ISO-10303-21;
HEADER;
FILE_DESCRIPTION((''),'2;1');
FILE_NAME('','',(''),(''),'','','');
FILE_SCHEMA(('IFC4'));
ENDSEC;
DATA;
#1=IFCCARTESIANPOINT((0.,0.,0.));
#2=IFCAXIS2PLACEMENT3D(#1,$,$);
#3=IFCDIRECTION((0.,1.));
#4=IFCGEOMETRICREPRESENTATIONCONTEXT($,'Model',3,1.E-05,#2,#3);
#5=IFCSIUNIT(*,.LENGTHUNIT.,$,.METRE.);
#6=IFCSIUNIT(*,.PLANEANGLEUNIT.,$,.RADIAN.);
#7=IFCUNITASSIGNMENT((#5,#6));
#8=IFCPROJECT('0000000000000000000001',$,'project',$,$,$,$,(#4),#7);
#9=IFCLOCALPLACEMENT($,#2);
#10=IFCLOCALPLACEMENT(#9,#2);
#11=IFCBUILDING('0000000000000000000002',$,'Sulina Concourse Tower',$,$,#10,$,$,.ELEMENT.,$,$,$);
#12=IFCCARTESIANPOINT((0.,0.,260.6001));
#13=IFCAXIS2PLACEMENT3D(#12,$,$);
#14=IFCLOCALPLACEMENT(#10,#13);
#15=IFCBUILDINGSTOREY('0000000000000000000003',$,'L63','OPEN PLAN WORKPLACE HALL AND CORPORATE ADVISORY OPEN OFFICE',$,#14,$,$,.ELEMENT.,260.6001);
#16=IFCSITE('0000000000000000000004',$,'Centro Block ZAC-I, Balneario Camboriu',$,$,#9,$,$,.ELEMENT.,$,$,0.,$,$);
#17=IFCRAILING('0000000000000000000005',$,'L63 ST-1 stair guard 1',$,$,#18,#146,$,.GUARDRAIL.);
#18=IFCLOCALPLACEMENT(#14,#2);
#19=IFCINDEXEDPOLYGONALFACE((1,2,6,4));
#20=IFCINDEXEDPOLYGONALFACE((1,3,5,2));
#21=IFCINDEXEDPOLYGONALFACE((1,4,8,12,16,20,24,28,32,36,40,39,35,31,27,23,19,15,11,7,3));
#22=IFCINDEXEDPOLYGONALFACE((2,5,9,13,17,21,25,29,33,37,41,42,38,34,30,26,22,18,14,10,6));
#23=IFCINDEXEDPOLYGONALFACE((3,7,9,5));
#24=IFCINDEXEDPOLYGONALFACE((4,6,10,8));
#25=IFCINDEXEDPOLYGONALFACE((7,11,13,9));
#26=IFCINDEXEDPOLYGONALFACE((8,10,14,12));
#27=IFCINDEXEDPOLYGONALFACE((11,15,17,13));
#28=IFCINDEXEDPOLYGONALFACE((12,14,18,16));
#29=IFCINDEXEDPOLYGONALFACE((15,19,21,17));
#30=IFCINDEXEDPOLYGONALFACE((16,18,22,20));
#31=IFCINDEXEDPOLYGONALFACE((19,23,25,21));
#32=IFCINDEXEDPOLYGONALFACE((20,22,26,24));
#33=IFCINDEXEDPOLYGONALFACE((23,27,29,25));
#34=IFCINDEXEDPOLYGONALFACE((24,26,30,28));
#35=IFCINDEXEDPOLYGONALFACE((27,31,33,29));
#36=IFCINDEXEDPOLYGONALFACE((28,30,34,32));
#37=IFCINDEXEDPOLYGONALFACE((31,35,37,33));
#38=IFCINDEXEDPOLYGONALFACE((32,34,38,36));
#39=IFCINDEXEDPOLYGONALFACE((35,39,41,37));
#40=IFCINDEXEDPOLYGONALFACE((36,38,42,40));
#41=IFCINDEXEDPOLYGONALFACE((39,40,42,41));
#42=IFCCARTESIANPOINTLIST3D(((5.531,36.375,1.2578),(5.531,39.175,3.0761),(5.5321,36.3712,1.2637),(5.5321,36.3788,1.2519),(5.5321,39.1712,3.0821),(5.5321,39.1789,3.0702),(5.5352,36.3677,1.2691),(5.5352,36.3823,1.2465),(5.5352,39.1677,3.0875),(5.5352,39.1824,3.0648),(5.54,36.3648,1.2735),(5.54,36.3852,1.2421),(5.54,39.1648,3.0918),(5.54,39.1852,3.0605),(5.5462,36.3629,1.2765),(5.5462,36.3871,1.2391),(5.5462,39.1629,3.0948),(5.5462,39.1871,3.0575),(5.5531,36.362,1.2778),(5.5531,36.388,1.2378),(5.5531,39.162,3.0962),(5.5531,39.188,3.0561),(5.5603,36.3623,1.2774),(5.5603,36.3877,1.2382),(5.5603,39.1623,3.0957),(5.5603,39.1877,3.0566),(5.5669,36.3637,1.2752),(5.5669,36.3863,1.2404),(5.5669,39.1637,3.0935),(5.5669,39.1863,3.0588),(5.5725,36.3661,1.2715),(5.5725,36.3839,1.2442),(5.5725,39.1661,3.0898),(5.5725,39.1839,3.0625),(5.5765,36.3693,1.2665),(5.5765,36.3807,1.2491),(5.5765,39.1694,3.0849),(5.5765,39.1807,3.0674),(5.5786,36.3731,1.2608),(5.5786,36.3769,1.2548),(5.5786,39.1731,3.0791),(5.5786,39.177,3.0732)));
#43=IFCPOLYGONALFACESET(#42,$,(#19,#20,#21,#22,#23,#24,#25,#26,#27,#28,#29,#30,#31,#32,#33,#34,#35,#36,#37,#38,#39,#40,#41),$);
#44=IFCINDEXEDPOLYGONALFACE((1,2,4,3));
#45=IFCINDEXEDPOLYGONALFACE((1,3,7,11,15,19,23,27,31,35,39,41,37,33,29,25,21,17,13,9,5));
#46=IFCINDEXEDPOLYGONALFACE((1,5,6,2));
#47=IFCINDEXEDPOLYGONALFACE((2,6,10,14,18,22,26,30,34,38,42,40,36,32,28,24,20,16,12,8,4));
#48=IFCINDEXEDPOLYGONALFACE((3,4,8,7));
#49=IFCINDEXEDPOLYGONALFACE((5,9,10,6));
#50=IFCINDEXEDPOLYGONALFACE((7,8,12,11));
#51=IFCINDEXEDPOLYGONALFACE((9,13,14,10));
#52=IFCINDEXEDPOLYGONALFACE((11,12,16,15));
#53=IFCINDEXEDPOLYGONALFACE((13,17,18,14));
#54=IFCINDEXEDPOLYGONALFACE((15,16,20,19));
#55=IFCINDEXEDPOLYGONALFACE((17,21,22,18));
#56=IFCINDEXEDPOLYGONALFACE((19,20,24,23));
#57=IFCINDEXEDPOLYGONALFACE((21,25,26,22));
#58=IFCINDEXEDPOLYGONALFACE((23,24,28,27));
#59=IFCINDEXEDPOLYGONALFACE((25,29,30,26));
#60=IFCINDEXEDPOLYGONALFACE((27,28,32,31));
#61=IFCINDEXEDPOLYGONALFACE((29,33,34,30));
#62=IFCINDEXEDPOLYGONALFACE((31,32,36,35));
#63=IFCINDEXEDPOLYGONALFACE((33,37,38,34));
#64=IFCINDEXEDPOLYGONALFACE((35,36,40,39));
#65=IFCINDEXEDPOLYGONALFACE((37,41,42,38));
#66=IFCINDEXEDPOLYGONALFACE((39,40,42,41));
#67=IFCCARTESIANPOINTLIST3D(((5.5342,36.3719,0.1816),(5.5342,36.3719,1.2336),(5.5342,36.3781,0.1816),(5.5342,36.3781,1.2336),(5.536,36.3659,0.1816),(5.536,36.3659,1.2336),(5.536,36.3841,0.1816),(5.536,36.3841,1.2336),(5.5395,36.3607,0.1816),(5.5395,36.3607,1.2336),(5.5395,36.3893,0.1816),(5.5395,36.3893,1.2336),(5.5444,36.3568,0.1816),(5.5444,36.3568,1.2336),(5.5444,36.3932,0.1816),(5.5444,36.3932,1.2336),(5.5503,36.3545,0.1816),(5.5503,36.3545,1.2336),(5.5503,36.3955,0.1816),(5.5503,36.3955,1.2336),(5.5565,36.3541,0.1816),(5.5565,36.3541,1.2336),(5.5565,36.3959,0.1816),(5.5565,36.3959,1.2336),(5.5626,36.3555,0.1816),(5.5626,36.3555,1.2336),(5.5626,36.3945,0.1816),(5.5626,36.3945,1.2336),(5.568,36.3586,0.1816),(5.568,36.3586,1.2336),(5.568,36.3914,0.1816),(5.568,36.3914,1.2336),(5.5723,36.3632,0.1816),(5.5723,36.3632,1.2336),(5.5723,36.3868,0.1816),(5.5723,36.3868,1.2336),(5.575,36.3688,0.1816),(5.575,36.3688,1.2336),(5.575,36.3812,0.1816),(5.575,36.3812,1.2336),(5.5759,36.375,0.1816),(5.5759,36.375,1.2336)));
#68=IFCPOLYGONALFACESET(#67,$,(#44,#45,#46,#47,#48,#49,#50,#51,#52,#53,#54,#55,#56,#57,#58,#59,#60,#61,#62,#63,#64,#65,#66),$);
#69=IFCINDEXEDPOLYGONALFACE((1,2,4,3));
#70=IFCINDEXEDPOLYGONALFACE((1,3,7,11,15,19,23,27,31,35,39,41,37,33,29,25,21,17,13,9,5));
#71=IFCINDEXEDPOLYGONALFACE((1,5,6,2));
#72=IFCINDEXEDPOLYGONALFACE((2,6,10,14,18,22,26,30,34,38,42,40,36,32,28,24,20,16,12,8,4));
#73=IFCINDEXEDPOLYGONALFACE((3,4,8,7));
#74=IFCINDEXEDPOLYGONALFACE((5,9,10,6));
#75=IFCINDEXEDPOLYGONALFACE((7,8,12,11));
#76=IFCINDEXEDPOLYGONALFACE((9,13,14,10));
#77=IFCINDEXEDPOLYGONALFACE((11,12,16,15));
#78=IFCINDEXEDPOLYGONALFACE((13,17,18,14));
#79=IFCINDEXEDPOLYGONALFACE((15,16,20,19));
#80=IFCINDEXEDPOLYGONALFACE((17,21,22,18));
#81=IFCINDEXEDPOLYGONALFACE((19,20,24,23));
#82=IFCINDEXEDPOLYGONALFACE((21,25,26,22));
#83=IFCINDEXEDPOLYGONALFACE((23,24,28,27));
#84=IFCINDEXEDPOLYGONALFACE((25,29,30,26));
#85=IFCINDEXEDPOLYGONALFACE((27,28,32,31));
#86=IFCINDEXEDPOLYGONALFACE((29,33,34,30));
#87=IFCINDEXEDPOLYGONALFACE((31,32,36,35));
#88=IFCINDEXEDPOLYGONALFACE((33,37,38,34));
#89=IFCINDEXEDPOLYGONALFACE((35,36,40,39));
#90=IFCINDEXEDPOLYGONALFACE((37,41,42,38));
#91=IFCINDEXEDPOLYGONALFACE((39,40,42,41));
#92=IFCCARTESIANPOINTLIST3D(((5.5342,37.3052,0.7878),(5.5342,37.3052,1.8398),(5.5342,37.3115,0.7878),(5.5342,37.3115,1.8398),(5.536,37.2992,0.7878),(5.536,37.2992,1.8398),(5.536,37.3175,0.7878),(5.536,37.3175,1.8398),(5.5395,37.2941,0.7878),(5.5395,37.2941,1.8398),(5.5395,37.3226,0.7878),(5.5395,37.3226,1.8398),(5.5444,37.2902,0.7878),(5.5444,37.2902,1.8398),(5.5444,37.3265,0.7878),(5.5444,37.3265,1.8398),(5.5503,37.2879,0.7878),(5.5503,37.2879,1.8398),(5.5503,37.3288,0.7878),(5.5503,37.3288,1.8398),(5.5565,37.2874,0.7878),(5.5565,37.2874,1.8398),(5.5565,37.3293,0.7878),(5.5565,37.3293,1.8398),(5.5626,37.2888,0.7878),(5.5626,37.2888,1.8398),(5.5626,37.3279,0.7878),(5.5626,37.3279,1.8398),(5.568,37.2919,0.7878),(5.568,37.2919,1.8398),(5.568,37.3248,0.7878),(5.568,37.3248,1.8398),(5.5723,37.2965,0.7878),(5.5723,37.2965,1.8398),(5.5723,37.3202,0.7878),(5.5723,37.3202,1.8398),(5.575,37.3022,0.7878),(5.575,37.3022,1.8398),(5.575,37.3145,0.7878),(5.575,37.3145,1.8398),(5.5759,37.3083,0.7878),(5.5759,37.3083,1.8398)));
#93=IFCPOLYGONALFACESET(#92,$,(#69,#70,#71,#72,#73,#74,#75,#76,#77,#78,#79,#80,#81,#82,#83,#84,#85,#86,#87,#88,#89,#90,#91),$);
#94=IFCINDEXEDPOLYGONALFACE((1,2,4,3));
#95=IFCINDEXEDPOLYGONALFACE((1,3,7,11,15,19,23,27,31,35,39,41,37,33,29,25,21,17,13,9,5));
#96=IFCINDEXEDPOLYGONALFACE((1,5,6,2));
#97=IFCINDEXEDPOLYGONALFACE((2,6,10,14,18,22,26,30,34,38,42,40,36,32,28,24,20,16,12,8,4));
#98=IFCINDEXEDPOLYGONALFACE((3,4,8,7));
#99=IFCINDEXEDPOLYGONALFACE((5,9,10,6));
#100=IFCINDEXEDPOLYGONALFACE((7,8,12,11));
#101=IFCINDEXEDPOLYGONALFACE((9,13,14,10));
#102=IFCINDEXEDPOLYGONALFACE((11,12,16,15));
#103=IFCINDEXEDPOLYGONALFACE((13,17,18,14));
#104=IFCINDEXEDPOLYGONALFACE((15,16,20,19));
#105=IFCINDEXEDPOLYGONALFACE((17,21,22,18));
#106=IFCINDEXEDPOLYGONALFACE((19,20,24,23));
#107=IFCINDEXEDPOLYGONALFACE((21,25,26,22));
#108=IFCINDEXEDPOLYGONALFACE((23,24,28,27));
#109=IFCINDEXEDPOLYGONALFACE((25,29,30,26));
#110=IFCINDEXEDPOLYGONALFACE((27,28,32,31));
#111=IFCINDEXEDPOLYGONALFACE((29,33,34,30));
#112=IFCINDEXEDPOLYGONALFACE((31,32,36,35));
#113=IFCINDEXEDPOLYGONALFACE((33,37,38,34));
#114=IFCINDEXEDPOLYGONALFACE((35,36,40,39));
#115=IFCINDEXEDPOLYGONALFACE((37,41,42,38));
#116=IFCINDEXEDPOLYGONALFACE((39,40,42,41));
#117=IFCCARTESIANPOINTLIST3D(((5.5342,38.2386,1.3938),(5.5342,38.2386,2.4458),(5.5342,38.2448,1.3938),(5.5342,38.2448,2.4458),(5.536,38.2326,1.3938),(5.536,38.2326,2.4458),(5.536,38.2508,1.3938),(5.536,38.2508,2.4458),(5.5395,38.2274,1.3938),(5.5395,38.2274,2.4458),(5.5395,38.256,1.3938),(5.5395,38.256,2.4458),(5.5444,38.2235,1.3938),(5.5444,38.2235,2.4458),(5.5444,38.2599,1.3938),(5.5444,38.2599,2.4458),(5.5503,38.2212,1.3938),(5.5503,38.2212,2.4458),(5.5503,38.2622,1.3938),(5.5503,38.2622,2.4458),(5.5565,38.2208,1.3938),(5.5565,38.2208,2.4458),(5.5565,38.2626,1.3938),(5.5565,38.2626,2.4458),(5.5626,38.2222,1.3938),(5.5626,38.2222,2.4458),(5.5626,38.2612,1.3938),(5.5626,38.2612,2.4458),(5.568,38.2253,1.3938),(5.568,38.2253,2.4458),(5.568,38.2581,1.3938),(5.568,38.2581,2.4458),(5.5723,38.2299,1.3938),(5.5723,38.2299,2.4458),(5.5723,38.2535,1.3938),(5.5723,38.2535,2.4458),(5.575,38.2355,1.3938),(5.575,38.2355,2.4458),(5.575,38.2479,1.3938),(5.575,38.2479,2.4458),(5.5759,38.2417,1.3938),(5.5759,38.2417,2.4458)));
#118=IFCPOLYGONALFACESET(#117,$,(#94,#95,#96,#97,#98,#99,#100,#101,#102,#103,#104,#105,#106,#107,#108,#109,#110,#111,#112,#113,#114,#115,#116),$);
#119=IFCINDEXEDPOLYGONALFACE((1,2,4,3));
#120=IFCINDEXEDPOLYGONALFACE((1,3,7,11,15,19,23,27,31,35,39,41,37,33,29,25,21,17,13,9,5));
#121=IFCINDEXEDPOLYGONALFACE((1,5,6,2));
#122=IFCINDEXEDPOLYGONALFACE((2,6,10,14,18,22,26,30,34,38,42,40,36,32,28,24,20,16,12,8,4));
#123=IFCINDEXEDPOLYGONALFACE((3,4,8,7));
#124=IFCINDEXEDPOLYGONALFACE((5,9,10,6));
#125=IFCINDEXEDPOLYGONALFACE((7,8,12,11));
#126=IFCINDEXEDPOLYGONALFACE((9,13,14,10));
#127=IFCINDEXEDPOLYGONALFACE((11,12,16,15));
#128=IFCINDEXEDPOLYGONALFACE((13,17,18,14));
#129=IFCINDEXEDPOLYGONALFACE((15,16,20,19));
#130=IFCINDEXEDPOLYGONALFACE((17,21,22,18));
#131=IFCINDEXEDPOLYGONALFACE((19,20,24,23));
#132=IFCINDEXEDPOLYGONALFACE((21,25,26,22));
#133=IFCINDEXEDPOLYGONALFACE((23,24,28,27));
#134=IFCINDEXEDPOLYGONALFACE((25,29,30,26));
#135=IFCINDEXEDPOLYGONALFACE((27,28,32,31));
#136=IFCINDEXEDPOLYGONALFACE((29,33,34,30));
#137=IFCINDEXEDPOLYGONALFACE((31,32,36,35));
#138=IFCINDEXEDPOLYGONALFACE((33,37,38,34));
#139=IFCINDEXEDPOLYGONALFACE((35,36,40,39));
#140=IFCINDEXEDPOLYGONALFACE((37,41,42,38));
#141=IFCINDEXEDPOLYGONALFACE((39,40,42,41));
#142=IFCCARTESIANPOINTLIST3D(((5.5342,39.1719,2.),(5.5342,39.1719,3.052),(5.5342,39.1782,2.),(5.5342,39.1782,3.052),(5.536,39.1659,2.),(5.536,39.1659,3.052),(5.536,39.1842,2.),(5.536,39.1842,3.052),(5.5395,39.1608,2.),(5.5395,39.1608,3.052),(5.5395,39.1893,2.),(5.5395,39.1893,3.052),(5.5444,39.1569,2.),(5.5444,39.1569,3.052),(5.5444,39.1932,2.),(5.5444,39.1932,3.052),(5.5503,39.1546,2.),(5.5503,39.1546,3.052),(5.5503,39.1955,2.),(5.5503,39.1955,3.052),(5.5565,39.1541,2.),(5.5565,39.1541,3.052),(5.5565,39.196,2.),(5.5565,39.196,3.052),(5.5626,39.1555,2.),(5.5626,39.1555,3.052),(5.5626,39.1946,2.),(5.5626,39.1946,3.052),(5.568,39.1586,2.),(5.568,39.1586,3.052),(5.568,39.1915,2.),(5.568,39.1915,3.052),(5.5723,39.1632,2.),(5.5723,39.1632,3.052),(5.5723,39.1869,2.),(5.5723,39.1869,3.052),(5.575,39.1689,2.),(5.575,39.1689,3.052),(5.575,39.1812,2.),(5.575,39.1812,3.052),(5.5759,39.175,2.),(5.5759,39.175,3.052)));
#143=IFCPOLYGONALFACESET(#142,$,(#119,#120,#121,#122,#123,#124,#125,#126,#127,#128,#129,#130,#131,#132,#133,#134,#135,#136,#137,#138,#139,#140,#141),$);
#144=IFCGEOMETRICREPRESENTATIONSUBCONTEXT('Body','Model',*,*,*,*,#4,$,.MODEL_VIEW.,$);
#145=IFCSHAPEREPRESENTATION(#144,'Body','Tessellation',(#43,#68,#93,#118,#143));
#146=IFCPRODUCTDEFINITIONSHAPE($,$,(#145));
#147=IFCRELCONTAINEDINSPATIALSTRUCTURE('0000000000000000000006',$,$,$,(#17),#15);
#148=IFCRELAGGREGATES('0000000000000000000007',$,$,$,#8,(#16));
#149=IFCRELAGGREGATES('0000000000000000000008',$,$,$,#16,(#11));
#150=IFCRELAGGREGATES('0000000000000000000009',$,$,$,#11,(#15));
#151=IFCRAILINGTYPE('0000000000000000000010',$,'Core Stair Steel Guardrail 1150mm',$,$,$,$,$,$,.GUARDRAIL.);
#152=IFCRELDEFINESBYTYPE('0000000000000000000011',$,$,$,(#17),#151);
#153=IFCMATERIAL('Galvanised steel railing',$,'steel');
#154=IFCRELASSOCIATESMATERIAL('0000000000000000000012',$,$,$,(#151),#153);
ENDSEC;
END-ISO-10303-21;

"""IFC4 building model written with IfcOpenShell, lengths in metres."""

from ifc_helpers import new_model, si_unit, direction, frame, origin, origin_2d, place, context, subcontext, project, spatial, circle, extrude, material, type_object, element, save


model = new_model("IFC4")

# Units and contexts
model_context = context("Model", 3, precision=1e-05, world=origin(), true_north=direction((0.0, 1.0)))
body_context = subcontext(model_context, "Body", "Model", "MODEL_VIEW")
ifc_project = project(units=[si_unit("LENGTHUNIT", "METRE"), si_unit("PLANEANGLEUNIT", "RADIAN")], contexts=[model_context])

# Site, building, storey
site_placement = place(None, origin())
site = spatial("IfcSite", under=ifc_project, at=site_placement, Name="Centro Block ZAC-I, Balneario Camboriu", CompositionType="ELEMENT", RefElevation=0.0)
building_placement = place(site_placement, origin())
building = spatial("IfcBuilding", under=site, at=building_placement, Name="Sulina Concourse Tower", CompositionType="ELEMENT")
storey_placement = place(building_placement, frame((0.0, 0.0, 260.6001)))
storey = spatial("IfcBuildingStorey", under=building, at=storey_placement, Name="L63", Description="OPEN PLAN WORKPLACE HALL AND CORPORATE ADVISORY OPEN OFFICE", CompositionType="ELEMENT", Elevation=260.6001)

# Railing
ifc_material_1 = material(Name="Galvanised steel railing", Category="steel")
railing_type_1 = type_object("IfcRailingType", Name="Core Stair Steel Guardrail 1150mm", PredefinedType="GUARDRAIL", material=ifc_material_1)
railing_1_placement = place(storey_placement, frame((5.5549, 36.375, 0.1816)))
element("IfcRailing", 1, at=railing_1_placement, inside=storey, type_object=railing_type_1, Name="L63 ST-1 stair guard 1", PredefinedType="GUARDRAIL", context=body_context, shape_type="SweptSolid", body=[
    extrude(circle(Radius=0.0239, at=origin_2d()), frame((0.0, 0.0, 1.0762), z_axis=(0.0, 0.838672, 0.544636), x_axis=(-1.0, 0.0, 0.0)), (0.0, 0.0, 1.0), 3.3386),
    extrude(circle(Radius=0.021, at=origin_2d()), origin(), (0.0, 0.0, 1.0), 1.052),
    extrude(circle(Radius=0.021, at=origin_2d()), frame((0.0, 0.9333, 0.6062)), (0.0, 0.0, 1.0), 1.052),
    extrude(circle(Radius=0.021, at=origin_2d()), frame((0.0, 1.8667, 1.2122)), (0.0, 0.0, 1.0), 1.052),
    extrude(circle(Radius=0.021, at=origin_2d()), frame((0.0, 2.8, 1.8184)), (0.0, 0.0, 1.0), 1.052),
])

save(model, "model.ifc")
